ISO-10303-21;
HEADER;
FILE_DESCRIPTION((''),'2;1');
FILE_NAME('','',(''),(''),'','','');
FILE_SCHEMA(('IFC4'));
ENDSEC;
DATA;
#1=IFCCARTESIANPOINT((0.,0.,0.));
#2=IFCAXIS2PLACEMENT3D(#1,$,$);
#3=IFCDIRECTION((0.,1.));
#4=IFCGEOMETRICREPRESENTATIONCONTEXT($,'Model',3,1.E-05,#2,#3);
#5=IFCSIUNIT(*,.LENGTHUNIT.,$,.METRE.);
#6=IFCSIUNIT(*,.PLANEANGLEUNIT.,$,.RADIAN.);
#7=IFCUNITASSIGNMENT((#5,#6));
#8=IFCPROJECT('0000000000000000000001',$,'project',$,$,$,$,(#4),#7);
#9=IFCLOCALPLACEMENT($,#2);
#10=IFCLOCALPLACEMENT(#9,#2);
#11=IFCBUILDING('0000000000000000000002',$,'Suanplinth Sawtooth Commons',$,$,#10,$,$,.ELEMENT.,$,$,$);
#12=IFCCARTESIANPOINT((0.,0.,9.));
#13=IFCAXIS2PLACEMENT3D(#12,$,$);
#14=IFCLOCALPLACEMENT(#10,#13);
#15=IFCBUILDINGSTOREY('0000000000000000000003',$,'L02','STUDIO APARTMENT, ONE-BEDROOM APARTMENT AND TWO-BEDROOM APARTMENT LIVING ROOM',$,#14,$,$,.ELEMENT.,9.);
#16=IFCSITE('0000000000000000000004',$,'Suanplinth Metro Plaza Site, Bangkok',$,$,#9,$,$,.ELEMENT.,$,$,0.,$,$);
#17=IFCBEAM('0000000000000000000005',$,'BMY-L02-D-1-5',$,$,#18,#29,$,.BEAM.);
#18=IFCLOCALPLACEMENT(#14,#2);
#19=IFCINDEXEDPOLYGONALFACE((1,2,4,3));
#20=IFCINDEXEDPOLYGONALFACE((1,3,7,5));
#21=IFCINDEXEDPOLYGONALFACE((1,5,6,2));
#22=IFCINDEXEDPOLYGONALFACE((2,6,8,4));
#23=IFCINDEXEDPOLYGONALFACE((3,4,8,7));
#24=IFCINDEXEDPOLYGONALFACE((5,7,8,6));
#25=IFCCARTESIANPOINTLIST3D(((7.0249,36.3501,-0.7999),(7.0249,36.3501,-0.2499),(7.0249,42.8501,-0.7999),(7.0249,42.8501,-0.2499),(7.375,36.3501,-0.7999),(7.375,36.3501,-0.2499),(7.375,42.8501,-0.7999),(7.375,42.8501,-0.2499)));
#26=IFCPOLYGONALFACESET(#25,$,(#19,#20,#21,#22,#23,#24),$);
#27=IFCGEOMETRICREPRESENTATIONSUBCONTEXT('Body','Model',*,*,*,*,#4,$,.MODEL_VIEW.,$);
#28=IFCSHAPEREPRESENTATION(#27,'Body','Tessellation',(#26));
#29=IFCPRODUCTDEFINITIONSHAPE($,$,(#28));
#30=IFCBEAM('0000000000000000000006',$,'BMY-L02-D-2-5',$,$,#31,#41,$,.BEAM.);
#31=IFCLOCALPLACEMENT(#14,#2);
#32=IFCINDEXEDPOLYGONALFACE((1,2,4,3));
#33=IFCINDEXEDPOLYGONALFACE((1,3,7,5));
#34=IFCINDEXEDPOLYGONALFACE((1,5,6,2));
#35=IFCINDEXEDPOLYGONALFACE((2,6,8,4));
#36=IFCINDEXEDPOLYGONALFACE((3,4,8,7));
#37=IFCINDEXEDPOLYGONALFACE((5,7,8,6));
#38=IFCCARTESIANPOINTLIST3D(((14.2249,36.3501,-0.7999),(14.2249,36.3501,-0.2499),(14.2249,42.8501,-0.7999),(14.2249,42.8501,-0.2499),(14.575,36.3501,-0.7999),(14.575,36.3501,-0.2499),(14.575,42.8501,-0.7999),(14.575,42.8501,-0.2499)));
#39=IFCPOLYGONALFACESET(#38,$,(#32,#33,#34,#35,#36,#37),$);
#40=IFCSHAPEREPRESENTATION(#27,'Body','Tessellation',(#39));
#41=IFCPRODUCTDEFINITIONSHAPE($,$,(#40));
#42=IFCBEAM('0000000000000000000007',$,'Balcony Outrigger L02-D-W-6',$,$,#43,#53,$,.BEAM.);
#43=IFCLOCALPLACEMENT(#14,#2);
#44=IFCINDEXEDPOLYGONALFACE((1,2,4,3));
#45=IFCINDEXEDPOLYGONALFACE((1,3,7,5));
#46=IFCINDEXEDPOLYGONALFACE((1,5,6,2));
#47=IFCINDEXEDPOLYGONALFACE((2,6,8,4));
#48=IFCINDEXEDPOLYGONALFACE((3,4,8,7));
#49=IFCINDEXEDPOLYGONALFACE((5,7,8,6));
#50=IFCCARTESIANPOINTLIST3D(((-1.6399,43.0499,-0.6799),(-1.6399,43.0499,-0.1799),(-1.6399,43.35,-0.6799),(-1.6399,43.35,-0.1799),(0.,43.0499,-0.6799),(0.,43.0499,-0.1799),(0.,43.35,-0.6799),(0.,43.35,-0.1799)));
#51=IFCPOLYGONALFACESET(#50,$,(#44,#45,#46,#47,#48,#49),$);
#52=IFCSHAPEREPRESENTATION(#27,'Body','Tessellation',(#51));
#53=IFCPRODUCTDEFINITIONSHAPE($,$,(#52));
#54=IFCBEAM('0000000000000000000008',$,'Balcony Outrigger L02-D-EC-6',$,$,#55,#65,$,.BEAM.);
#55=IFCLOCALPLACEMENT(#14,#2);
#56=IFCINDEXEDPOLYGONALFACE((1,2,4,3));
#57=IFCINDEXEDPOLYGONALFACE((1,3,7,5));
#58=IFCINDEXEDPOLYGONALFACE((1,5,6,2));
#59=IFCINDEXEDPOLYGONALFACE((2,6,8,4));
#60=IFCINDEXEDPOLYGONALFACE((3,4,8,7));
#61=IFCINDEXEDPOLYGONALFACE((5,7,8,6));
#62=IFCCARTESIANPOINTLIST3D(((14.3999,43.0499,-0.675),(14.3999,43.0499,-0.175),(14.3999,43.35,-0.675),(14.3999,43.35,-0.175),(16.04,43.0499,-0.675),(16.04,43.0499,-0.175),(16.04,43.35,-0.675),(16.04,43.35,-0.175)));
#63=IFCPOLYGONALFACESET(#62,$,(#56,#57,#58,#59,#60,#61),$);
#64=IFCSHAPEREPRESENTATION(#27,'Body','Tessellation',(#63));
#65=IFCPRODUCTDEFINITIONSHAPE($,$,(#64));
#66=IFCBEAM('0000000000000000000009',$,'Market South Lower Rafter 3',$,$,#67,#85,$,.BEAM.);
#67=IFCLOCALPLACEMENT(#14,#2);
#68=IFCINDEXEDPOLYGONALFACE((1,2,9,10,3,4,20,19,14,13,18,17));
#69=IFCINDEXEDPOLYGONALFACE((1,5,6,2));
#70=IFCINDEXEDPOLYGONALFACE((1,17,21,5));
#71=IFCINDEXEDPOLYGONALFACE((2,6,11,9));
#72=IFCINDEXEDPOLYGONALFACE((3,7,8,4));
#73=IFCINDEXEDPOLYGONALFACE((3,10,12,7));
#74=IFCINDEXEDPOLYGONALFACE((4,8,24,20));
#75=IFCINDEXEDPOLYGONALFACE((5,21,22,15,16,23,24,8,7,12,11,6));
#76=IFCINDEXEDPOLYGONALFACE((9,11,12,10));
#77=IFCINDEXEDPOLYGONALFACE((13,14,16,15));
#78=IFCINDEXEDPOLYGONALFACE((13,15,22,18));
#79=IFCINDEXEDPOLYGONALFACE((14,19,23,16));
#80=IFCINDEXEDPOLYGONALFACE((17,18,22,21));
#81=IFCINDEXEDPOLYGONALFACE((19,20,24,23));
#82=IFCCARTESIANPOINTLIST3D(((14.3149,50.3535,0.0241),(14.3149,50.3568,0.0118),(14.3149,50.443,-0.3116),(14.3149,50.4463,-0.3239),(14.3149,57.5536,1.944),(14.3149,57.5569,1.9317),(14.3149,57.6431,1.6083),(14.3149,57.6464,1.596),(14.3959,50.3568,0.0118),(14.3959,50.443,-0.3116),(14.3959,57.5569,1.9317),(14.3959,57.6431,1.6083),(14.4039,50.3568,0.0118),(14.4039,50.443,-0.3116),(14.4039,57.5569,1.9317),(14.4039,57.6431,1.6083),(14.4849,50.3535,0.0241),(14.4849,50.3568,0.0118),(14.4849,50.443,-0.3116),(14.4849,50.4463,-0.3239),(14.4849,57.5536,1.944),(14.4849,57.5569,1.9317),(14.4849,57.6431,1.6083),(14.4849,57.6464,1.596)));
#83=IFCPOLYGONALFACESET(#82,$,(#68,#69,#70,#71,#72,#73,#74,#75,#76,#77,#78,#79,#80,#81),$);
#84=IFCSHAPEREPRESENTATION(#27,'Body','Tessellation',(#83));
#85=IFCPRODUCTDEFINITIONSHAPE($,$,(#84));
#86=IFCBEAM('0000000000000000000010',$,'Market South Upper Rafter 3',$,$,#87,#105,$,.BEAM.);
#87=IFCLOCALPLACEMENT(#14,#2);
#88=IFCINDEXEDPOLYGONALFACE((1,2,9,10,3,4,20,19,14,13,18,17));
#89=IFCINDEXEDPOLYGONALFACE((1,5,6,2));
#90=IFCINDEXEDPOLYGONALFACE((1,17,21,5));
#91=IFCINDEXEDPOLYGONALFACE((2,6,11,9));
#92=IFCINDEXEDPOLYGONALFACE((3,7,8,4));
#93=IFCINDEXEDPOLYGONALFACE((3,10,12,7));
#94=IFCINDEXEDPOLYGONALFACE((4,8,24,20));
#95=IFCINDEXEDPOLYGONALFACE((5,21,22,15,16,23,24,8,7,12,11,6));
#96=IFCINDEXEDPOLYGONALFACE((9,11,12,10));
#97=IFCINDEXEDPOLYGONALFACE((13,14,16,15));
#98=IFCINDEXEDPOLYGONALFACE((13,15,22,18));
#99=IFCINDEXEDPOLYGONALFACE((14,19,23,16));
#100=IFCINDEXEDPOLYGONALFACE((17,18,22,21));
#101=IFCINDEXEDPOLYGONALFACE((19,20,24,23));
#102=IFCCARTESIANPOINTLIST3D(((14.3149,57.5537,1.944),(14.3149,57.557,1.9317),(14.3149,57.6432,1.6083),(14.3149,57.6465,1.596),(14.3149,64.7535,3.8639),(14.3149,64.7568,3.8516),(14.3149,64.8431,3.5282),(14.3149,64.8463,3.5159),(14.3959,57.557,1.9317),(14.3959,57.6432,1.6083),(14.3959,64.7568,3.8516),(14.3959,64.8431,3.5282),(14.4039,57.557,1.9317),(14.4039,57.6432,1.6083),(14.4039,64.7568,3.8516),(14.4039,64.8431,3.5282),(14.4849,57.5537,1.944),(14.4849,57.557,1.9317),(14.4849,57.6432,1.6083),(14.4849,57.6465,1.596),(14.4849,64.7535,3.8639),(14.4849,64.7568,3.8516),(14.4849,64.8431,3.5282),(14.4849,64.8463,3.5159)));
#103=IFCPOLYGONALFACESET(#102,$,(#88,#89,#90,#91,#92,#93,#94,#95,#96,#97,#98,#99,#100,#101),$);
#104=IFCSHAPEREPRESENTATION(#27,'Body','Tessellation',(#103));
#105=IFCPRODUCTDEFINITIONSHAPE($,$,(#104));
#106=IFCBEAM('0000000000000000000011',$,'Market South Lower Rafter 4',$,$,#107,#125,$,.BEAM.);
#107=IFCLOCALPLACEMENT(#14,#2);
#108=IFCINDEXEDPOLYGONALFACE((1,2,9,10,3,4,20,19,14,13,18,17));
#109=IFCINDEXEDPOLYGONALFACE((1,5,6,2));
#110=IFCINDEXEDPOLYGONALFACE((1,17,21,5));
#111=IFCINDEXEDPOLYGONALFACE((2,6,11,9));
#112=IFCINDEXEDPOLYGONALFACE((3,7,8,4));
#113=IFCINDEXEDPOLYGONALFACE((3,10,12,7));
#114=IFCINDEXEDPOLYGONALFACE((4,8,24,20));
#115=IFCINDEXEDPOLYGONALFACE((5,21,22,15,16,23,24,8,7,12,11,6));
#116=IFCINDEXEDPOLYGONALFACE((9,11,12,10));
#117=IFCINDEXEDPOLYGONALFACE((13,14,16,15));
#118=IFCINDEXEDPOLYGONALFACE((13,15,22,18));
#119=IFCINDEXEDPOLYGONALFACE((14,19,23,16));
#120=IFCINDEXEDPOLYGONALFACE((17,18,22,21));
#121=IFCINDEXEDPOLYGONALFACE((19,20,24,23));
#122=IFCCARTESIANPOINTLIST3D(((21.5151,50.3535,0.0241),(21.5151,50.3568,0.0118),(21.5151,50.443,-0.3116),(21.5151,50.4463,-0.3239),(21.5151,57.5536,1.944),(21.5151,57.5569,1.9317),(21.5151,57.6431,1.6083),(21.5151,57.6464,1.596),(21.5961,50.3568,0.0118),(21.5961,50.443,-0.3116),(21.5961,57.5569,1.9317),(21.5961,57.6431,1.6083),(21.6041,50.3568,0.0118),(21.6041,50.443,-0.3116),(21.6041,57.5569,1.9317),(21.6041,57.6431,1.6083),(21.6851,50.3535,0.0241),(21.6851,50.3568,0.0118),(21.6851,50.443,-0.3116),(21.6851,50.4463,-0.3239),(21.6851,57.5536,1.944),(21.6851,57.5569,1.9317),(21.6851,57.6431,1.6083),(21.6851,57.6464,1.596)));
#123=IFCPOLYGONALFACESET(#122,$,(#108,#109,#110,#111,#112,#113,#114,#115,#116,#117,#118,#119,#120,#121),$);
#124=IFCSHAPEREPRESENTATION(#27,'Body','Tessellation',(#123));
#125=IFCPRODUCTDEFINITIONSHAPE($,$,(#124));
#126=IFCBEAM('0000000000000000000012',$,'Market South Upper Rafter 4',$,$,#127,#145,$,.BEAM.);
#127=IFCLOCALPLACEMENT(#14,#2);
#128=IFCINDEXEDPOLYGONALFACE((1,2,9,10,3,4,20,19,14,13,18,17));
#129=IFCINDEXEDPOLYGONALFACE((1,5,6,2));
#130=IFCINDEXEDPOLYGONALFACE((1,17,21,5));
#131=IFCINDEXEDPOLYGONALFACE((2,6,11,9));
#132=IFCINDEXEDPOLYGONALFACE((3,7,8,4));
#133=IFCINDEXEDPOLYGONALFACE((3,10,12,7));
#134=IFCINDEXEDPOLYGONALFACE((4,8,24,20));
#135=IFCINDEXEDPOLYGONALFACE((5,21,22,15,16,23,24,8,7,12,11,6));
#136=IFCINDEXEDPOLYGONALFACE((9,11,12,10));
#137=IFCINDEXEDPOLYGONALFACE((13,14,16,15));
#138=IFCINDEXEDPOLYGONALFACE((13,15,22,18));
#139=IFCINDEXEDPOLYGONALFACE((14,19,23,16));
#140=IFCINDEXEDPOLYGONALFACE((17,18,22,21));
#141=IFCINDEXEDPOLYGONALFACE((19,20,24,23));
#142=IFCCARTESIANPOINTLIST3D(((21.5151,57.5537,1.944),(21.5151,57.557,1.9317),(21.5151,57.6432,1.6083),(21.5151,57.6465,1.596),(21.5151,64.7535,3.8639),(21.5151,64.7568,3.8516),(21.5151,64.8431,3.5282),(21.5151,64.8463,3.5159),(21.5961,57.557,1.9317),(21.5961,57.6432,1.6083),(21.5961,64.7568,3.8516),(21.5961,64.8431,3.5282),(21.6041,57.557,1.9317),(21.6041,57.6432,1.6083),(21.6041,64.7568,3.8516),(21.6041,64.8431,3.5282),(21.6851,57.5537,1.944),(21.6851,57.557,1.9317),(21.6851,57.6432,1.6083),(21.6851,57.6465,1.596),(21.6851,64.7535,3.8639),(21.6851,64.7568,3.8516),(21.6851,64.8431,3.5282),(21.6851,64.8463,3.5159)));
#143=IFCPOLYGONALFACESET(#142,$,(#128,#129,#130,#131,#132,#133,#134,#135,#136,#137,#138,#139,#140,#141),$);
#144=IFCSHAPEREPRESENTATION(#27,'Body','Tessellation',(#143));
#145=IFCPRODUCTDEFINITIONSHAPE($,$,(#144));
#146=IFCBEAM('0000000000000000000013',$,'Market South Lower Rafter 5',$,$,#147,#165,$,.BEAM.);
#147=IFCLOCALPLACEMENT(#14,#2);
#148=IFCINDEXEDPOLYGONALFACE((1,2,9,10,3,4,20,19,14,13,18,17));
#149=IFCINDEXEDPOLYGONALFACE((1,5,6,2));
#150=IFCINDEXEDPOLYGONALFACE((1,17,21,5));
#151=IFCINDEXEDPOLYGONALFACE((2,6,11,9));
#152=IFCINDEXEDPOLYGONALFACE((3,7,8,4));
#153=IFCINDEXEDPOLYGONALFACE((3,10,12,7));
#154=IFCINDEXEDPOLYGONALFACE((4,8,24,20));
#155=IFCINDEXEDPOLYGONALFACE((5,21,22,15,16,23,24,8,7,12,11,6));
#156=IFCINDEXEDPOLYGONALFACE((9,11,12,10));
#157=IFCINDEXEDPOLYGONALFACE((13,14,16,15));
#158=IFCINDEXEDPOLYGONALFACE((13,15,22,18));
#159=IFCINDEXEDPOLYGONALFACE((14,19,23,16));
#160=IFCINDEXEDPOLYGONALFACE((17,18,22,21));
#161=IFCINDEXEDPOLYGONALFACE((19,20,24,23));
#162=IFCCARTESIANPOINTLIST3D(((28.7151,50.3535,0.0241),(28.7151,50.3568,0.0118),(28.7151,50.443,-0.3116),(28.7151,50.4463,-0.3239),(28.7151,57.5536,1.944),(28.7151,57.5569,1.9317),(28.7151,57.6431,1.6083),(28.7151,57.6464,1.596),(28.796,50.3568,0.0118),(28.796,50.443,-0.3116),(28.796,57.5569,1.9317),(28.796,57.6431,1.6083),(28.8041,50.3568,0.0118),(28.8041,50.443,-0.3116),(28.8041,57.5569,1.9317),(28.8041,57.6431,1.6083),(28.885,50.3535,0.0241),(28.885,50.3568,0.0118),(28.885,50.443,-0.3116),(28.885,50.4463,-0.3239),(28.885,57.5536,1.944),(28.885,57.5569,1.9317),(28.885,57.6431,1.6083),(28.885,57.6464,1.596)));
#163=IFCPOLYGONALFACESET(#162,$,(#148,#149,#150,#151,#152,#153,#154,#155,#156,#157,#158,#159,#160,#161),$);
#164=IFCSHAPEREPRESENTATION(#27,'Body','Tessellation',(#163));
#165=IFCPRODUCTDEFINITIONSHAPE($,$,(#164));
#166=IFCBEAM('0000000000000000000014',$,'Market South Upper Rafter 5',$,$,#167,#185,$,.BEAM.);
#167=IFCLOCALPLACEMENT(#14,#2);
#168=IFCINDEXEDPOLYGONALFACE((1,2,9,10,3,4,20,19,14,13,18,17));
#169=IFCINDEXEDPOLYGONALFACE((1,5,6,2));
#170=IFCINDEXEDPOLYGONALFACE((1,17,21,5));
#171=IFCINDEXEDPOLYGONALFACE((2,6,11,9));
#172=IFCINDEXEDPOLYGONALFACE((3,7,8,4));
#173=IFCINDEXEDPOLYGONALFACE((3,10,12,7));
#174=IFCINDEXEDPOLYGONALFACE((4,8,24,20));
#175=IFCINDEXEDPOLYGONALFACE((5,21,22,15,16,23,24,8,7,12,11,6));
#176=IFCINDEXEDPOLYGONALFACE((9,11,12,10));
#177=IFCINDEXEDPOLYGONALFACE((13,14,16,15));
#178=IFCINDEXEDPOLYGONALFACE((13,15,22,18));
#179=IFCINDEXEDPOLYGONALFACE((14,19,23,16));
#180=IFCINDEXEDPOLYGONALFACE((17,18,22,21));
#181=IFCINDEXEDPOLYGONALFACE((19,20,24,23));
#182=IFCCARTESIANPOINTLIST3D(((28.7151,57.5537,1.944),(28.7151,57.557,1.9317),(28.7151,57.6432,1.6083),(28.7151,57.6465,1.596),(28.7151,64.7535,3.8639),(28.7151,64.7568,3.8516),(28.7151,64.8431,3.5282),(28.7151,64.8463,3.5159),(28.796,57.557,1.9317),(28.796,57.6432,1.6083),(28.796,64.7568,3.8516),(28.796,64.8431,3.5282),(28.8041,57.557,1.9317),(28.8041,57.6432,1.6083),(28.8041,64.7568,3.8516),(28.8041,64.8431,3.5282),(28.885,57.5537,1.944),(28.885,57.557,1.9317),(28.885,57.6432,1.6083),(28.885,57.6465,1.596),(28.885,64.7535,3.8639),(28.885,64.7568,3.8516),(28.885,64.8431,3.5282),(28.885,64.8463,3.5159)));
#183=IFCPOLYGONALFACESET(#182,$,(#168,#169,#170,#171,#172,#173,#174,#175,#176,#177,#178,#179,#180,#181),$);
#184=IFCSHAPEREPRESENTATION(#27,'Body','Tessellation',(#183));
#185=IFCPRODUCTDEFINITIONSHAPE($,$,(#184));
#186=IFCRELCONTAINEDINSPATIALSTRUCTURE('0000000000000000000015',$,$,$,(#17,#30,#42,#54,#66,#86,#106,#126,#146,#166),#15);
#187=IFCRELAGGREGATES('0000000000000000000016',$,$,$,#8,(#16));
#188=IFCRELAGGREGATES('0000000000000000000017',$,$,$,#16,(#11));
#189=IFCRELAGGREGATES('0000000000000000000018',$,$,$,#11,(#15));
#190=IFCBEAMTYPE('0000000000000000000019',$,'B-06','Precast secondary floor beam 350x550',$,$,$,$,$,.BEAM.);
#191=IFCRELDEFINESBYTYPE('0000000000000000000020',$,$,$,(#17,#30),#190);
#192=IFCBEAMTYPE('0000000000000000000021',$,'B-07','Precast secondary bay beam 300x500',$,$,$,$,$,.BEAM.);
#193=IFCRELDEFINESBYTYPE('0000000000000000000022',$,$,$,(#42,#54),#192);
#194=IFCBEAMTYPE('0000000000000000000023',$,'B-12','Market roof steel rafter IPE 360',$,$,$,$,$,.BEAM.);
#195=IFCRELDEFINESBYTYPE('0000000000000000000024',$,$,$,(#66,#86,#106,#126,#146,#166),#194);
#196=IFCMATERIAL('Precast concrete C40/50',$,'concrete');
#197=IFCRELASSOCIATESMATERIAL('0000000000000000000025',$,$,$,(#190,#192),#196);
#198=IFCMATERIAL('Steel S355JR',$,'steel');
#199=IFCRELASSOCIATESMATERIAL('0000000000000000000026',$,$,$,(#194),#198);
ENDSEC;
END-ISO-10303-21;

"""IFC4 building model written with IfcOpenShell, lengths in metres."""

from ifc_helpers import new_model, si_unit, direction, frame, origin, origin_2d, place, context, subcontext, project, spatial, rectangle, i_section, extrude, material, material_profile, profile_set, type_object, element, save


model = new_model("IFC4")

# Units and contexts
model_context = context("Model", 3, precision=1e-05, world=origin(), true_north=direction((0.0, 1.0)))
body_context = subcontext(model_context, "Body", "Model", "MODEL_VIEW")
ifc_project = project(units=[si_unit("LENGTHUNIT", "METRE"), si_unit("PLANEANGLEUNIT", "RADIAN")], contexts=[model_context])

# Site, building, storey
site_placement = place(None, origin())
site = spatial("IfcSite", under=ifc_project, at=site_placement, Name="Suanplinth Metro Plaza Site, Bangkok", CompositionType="ELEMENT", RefElevation=0.0)
building_placement = place(site_placement, origin())
building = spatial("IfcBuilding", under=site, at=building_placement, Name="Suanplinth Sawtooth Commons", CompositionType="ELEMENT")
storey_placement = place(building_placement, frame((0.0, 0.0, 9.0)))
storey = spatial("IfcBuildingStorey", under=building, at=storey_placement, Name="L02", Description="STUDIO APARTMENT, ONE-BEDROOM APARTMENT AND TWO-BEDROOM APARTMENT LIVING ROOM", CompositionType="ELEMENT", Elevation=9.0)

# Shared definitions
ifc_material_1 = material(Name="Precast concrete C40/50", Category="concrete")
ifc_material_2 = material(Name="Steel S355JR", Category="steel")

# Beams
ifc_material_profile_1 = material_profile(ifc_material_1, rectangle(XDim=0.3501, YDim=0.55, at=origin_2d()), Name="PC-BM 350x550")
ifc_profile_set_1 = profile_set([ifc_material_profile_1], Name="Precast concrete C40/50")
beam_type_1 = type_object("IfcBeamType", Name="B-06", Description="Precast secondary floor beam 350x550", PredefinedType="BEAM", material=ifc_profile_set_1)
for number, where, z_axis, x_axis, name in (
    (1, (7.2, 36.3501, -0.5249), (0.0, 1.0, 0.0), (-1.0, 0.0, 0.0), "BMY-L02-D-1-5"),
    (2, (14.3999, 36.3501, -0.5249), (0.0, 1.0, 0.0), (-1.0, 0.0, 0.0), "BMY-L02-D-2-5"),
):
    element("IfcBeam", number, at=place(storey_placement, frame(where, z_axis=z_axis, x_axis=x_axis)), inside=storey, type_object=beam_type_1, Name=name, PredefinedType="BEAM", context=body_context, shape_type="SweptSolid", body=[
        extrude(rectangle(XDim=0.3501, YDim=0.55, at=origin_2d()), origin(), (0.0, 0.0, 1.0), 6.5),
    ])
ifc_material_profile_2 = material_profile(ifc_material_1, rectangle(XDim=0.3, YDim=0.5, at=origin_2d()), Name="PC-BM 300x500")
ifc_profile_set_2 = profile_set([ifc_material_profile_2], Name="Precast concrete C40/50")
beam_type_2 = type_object("IfcBeamType", Name="B-07", Description="Precast secondary bay beam 300x500", PredefinedType="BEAM", material=ifc_profile_set_2)
beam_1_placement = place(storey_placement, frame((0.0, 43.2, -0.4299), z_axis=(-1.0, 0.0, 0.0), x_axis=(0.0, -1.0, 0.0)))
element("IfcBeam", 3, at=beam_1_placement, inside=storey, type_object=beam_type_2, Name="Balcony Outrigger L02-D-W-6", PredefinedType="BEAM", context=body_context, shape_type="SweptSolid", body=[
    extrude(rectangle(XDim=0.3, YDim=0.5, at=origin_2d()), origin(), (0.0, 0.0, 1.0), 1.6399),
])
beam_2_placement = place(storey_placement, frame((14.3999, 43.2, -0.425), z_axis=(1.0, 0.0, 0.0), x_axis=(0.0, 1.0, 0.0)))
element("IfcBeam", 4, at=beam_2_placement, inside=storey, type_object=beam_type_2, Name="Balcony Outrigger L02-D-EC-6", PredefinedType="BEAM", context=body_context, shape_type="SweptSolid", body=[
    extrude(rectangle(XDim=0.3, YDim=0.5, at=origin_2d()), origin(), (0.0, 0.0, 1.0), 1.6401),
])
ifc_material_profile_3 = material_profile(ifc_material_2, i_section(OverallWidth=0.1699, OverallDepth=0.3601, WebThickness=0.0081, FlangeThickness=0.0127, at=origin_2d()), Name="IPE 360")
ifc_profile_set_3 = profile_set([ifc_material_profile_3], Name="Steel S355JR")
beam_type_3 = type_object("IfcBeamType", Name="B-12", Description="Market roof steel rafter IPE 360", PredefinedType="BEAM", material=ifc_profile_set_3)
beam_3_placement = place(storey_placement, frame((14.3999, 50.3999, -0.1499), z_axis=(0.0, 0.966239, 0.257646), x_axis=(-1.0, 0.0, 0.0)))
element("IfcBeam", 5, at=beam_3_placement, inside=storey, type_object=beam_type_3, Name="Market South Lower Rafter 3", PredefinedType="BEAM", context=body_context, shape_type="SweptSolid", body=[
    extrude(i_section(OverallWidth=0.1699, OverallDepth=0.3601, WebThickness=0.0081, FlangeThickness=0.0127, at=origin_2d()), origin(), (0.0, 0.0, 1.0), 7.4517),
])
beam_4_placement = place(storey_placement, frame((14.3999, 57.6001, 1.77), z_axis=(0.0, 0.966237, 0.257654), x_axis=(-1.0, 0.0, 0.0)))
element("IfcBeam", 6, at=beam_4_placement, inside=storey, type_object=beam_type_3, Name="Market South Upper Rafter 3", PredefinedType="BEAM", context=body_context, shape_type="SweptSolid", body=[
    extrude(i_section(OverallWidth=0.1699, OverallDepth=0.3601, WebThickness=0.0081, FlangeThickness=0.0127, at=origin_2d()), origin(), (0.0, 0.0, 1.0), 7.4514),
])
beam_5_placement = place(storey_placement, frame((21.6001, 50.3999, -0.1499), z_axis=(0.0, 0.966239, 0.257646), x_axis=(-1.0, 0.0, 0.0)))
element("IfcBeam", 7, at=beam_5_placement, inside=storey, type_object=beam_type_3, Name="Market South Lower Rafter 4", PredefinedType="BEAM", context=body_context, shape_type="SweptSolid", body=[
    extrude(i_section(OverallWidth=0.1699, OverallDepth=0.3601, WebThickness=0.0081, FlangeThickness=0.0127, at=origin_2d()), origin(), (0.0, 0.0, 1.0), 7.4517),
])
beam_6_placement = place(storey_placement, frame((21.6001, 57.6001, 1.77), z_axis=(0.0, 0.966237, 0.257654), x_axis=(-1.0, 0.0, 0.0)))
element("IfcBeam", 8, at=beam_6_placement, inside=storey, type_object=beam_type_3, Name="Market South Upper Rafter 4", PredefinedType="BEAM", context=body_context, shape_type="SweptSolid", body=[
    extrude(i_section(OverallWidth=0.1699, OverallDepth=0.3601, WebThickness=0.0081, FlangeThickness=0.0127, at=origin_2d()), origin(), (0.0, 0.0, 1.0), 7.4514),
])
beam_7_placement = place(storey_placement, frame((28.8, 50.3999, -0.1499), z_axis=(0.0, 0.966239, 0.257646), x_axis=(-1.0, 0.0, 0.0)))
element("IfcBeam", 9, at=beam_7_placement, inside=storey, type_object=beam_type_3, Name="Market South Lower Rafter 5", PredefinedType="BEAM", context=body_context, shape_type="SweptSolid", body=[
    extrude(i_section(OverallWidth=0.1699, OverallDepth=0.3601, WebThickness=0.0081, FlangeThickness=0.0127, at=origin_2d()), origin(), (0.0, 0.0, 1.0), 7.4517),
])
beam_8_placement = place(storey_placement, frame((28.8, 57.6001, 1.77), z_axis=(0.0, 0.966237, 0.257654), x_axis=(-1.0, 0.0, 0.0)))
element("IfcBeam", 10, at=beam_8_placement, inside=storey, type_object=beam_type_3, Name="Market South Upper Rafter 5", PredefinedType="BEAM", context=body_context, shape_type="SweptSolid", body=[
    extrude(i_section(OverallWidth=0.1699, OverallDepth=0.3601, WebThickness=0.0081, FlangeThickness=0.0127, at=origin_2d()), origin(), (0.0, 0.0, 1.0), 7.4514),
])

save(model, "model.ifc")
